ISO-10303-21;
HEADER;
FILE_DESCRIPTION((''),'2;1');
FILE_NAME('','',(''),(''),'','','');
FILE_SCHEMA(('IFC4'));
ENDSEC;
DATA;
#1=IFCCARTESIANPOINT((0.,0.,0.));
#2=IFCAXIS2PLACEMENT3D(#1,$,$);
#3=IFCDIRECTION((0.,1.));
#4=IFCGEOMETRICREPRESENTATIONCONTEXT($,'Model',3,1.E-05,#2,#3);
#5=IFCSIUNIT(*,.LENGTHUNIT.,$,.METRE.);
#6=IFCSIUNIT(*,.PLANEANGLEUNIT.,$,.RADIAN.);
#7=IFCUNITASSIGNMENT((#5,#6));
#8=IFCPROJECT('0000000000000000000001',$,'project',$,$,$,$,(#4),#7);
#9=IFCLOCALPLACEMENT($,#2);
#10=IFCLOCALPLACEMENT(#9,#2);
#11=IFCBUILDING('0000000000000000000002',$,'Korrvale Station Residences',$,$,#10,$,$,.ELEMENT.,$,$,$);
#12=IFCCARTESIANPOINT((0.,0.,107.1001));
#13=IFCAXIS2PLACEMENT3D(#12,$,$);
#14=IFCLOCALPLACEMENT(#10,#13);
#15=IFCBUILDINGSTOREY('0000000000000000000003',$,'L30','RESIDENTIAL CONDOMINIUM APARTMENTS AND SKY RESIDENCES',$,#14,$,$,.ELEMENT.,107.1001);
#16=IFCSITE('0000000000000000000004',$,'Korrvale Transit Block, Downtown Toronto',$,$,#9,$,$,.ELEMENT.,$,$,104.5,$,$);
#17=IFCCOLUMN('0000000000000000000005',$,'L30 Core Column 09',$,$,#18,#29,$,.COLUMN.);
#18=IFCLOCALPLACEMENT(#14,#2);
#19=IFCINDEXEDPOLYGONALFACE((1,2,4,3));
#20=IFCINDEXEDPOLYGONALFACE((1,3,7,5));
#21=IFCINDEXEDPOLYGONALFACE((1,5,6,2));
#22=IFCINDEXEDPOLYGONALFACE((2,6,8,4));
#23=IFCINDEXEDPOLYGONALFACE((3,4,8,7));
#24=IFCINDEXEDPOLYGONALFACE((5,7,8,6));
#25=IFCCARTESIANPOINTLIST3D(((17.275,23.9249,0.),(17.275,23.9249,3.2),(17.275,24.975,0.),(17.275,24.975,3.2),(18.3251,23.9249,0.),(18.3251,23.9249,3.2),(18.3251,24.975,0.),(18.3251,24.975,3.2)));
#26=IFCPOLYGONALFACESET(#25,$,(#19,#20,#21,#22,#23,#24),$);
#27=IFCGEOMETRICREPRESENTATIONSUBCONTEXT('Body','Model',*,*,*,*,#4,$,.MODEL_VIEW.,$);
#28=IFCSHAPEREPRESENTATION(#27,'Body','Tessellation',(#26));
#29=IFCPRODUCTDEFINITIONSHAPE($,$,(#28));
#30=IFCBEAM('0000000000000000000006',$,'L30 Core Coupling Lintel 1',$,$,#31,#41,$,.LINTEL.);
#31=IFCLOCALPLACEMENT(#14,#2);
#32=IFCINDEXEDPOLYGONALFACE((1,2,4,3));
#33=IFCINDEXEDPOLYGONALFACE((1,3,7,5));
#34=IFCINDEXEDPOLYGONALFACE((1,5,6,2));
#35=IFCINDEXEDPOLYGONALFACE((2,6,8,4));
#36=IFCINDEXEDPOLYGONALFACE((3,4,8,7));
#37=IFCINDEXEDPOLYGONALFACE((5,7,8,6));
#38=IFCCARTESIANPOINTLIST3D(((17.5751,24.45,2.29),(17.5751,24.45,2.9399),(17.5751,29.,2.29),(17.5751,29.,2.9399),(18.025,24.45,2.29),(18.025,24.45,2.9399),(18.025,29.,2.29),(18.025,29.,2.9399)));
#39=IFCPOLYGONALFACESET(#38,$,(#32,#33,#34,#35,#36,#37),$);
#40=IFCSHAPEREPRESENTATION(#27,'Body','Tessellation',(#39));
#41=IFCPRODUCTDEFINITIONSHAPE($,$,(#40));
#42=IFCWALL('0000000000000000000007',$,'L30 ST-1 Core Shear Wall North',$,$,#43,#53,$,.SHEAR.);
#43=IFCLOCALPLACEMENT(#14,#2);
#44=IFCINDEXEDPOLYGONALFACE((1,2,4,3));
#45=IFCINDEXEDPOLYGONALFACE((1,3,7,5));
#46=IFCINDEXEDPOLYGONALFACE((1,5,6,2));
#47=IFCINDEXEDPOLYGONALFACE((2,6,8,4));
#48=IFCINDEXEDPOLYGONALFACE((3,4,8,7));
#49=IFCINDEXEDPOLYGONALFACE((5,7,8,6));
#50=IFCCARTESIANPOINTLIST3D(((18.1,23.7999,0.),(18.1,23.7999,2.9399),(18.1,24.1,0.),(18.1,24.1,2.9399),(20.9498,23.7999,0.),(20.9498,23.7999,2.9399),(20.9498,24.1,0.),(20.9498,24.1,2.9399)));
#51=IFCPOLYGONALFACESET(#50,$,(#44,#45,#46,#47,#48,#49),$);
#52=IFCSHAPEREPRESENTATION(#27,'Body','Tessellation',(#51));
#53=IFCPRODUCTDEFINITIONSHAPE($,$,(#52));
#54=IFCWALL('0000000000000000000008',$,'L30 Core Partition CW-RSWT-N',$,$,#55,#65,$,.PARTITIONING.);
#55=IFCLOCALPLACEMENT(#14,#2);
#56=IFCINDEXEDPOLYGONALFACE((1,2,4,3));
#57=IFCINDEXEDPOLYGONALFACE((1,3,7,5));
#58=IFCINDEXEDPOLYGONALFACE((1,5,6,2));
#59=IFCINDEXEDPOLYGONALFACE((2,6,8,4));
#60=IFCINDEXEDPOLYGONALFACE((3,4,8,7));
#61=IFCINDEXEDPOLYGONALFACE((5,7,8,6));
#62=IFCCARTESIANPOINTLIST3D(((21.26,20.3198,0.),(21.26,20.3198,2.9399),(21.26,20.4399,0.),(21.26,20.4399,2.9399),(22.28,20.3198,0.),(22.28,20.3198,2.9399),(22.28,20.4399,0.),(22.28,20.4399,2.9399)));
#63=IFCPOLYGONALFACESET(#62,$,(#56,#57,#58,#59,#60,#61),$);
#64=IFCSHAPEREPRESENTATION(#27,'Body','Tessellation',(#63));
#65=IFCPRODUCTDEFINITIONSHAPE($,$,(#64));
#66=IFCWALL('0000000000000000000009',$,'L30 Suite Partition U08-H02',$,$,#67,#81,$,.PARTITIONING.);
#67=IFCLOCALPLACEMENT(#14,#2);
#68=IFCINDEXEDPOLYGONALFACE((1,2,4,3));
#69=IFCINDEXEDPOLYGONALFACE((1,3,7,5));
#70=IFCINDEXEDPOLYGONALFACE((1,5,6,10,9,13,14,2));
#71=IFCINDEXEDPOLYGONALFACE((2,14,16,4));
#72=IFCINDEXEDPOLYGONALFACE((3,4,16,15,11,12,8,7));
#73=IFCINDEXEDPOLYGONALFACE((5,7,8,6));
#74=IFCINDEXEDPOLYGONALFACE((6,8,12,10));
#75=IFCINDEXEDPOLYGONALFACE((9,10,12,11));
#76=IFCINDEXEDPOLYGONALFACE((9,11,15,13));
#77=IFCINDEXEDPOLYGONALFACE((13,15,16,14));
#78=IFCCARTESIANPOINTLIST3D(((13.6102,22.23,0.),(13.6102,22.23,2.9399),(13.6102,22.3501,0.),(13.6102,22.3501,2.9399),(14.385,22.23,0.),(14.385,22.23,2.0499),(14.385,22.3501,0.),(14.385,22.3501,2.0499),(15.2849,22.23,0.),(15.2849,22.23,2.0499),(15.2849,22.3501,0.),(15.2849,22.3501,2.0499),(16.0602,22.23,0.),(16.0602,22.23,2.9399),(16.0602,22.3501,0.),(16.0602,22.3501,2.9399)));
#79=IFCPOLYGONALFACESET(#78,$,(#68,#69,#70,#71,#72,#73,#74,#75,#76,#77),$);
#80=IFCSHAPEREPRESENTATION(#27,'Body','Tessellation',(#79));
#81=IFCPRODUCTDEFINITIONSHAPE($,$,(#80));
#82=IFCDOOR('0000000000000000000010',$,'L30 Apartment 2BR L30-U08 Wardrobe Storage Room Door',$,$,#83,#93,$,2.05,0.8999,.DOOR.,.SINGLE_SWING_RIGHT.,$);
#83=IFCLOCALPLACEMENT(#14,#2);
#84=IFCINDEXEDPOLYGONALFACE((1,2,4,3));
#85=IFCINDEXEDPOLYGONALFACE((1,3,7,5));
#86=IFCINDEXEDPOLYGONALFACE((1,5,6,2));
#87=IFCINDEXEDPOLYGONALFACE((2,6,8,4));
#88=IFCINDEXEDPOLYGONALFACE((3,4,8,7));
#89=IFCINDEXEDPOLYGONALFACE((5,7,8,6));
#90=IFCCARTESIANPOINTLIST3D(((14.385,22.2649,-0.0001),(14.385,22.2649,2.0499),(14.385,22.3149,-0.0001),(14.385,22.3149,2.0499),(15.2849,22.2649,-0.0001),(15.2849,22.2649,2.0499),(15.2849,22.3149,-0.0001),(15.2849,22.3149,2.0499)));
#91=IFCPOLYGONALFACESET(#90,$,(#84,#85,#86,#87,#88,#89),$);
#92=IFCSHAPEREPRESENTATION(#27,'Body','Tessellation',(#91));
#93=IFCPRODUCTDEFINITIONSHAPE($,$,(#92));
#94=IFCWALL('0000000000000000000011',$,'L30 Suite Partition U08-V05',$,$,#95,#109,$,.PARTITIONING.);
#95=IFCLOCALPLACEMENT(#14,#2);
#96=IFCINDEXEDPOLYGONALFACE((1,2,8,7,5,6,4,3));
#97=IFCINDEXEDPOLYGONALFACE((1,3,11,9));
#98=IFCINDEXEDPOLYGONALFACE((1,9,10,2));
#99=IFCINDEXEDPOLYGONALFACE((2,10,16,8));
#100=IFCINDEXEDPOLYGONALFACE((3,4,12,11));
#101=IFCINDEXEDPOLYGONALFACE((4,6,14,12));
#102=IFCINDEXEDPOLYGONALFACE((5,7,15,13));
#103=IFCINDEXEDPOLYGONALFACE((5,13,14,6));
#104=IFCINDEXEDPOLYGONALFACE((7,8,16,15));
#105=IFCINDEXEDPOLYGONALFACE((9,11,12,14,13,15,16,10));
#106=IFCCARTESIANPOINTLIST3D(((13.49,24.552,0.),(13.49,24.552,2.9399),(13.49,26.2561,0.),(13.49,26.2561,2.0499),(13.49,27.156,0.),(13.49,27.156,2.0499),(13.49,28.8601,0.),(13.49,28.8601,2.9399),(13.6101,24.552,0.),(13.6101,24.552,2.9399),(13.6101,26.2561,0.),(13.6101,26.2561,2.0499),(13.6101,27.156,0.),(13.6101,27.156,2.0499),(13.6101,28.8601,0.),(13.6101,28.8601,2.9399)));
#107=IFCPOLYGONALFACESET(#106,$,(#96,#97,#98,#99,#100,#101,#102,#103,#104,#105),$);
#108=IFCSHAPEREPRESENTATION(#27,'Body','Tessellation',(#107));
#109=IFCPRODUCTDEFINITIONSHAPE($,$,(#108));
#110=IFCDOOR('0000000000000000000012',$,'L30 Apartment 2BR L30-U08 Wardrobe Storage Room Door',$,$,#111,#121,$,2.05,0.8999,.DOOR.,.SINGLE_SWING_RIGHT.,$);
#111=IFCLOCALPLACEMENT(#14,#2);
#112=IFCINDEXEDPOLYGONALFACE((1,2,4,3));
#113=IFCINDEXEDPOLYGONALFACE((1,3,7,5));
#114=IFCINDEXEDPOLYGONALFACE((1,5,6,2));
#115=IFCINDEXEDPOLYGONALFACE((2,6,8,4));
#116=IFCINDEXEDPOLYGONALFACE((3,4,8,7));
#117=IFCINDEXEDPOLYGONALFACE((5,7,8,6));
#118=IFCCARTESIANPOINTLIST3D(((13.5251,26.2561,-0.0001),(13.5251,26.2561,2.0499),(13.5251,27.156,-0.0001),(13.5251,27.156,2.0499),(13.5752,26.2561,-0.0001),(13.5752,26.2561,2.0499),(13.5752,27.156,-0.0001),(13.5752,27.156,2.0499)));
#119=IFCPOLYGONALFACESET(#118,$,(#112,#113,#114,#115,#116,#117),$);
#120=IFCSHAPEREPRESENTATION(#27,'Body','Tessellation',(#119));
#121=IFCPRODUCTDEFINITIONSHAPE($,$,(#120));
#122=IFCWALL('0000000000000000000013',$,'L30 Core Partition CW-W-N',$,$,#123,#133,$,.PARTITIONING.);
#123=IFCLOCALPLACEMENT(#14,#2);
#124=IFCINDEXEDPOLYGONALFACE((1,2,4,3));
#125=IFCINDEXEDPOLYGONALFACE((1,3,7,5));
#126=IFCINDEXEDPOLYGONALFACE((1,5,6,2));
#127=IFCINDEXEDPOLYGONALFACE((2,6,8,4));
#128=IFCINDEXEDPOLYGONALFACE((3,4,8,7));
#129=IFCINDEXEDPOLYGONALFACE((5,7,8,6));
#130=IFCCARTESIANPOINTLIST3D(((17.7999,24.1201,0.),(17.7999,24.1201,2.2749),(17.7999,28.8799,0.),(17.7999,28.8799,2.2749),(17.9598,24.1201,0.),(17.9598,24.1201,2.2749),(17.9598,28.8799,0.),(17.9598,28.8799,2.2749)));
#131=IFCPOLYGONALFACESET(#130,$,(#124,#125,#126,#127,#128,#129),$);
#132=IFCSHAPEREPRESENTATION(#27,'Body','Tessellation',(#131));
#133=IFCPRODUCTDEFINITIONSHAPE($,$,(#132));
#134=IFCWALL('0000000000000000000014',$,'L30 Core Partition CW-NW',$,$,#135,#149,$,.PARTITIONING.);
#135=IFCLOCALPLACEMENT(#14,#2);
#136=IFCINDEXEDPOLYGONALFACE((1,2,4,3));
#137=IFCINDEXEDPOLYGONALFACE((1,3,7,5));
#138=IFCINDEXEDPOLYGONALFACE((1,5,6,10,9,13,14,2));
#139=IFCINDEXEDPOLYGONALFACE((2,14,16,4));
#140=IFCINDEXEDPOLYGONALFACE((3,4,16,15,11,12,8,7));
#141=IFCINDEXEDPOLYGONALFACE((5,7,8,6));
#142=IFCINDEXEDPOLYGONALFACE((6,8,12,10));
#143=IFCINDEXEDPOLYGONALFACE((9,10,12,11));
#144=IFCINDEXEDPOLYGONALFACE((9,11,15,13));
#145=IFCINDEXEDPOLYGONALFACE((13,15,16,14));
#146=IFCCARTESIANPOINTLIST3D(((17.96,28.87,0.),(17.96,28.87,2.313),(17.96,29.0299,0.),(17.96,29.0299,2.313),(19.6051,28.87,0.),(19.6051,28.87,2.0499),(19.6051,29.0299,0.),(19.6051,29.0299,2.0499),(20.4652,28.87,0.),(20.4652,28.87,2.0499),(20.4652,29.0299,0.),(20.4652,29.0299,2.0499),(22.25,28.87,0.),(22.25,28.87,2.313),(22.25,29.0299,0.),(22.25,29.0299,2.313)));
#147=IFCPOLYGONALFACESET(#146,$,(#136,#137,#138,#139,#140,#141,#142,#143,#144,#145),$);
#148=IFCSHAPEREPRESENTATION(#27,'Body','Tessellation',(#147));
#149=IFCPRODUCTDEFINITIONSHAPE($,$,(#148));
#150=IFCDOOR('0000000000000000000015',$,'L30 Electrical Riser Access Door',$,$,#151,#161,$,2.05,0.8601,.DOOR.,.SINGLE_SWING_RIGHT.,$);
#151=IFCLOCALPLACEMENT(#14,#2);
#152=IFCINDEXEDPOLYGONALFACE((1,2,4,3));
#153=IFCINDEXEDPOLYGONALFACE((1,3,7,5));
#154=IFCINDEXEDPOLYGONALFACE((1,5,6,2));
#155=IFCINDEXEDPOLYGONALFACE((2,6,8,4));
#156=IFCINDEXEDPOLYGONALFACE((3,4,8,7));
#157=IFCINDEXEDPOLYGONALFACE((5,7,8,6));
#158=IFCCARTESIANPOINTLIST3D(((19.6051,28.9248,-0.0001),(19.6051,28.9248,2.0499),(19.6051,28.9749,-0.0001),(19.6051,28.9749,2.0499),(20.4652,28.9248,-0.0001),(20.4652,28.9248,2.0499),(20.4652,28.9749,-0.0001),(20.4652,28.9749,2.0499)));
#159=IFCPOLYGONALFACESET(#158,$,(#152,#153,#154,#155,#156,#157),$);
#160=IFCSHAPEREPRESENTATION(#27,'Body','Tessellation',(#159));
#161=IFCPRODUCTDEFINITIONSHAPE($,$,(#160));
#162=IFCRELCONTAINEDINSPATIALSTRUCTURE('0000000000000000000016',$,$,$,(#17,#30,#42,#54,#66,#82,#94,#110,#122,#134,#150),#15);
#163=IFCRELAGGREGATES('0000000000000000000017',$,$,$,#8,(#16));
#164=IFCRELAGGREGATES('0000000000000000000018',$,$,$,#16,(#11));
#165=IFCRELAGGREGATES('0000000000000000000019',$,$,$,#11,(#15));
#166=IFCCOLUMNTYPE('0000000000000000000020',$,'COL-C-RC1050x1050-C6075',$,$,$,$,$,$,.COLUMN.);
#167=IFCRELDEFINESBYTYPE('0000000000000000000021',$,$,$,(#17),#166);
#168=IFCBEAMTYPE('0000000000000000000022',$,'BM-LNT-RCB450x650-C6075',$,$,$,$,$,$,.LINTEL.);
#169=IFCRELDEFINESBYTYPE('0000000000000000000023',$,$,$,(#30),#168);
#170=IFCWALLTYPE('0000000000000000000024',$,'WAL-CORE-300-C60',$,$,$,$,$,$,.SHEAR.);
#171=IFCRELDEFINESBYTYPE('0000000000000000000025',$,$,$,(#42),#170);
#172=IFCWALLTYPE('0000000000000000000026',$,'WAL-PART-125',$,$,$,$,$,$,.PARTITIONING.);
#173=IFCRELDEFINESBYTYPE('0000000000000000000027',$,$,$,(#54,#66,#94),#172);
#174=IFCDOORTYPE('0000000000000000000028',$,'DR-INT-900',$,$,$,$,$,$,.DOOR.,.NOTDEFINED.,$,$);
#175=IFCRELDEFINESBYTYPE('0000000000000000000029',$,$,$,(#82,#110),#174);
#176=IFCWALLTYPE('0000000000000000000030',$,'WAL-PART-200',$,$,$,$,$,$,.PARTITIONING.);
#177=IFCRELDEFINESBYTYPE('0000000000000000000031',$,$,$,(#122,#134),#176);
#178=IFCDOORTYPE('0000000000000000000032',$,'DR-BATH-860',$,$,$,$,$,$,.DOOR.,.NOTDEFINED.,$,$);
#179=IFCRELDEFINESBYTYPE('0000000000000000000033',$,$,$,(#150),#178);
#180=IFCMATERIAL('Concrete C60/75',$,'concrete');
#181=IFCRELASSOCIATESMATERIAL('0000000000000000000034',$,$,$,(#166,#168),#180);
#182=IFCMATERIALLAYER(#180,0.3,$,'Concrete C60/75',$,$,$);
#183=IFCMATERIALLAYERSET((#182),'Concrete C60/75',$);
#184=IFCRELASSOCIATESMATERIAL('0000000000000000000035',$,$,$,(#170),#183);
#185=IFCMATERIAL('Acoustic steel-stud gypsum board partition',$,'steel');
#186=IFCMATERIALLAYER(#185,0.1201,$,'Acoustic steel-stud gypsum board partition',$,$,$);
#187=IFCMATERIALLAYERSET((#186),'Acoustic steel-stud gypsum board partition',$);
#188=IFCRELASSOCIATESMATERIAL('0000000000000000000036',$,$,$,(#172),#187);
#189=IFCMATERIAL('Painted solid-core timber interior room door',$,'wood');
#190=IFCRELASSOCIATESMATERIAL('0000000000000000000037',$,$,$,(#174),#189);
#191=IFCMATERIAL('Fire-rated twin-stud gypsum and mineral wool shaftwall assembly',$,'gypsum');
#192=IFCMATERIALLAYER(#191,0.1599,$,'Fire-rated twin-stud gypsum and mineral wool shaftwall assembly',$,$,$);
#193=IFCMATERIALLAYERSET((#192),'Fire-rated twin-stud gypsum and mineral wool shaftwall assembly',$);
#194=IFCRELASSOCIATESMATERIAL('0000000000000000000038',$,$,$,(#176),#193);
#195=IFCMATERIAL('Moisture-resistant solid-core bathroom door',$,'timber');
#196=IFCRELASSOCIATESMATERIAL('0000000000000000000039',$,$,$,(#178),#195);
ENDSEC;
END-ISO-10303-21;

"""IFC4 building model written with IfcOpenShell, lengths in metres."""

from ifc_helpers import new_model, si_unit, direction, frame, frame_2d, origin, origin_2d, place, context, subcontext, project, spatial, rectangle, extrude, material, layer, layer_set, material_profile, profile_set, type_object, element, fill, save


model = new_model("IFC4")

# Units and contexts
model_context = context("Model", 3, precision=1e-05, world=origin(), true_north=direction((0.0, 1.0)))
body_context = subcontext(model_context, "Body", "Model", "MODEL_VIEW")
ifc_project = project(units=[si_unit("LENGTHUNIT", "METRE"), si_unit("PLANEANGLEUNIT", "RADIAN")], contexts=[model_context])

# Site, building, storey
site_placement = place(None, origin())
site = spatial("IfcSite", under=ifc_project, at=site_placement, Name="Korrvale Transit Block, Downtown Toronto", CompositionType="ELEMENT", RefElevation=104.5)
building_placement = place(site_placement, origin())
building = spatial("IfcBuilding", under=site, at=building_placement, Name="Korrvale Station Residences", CompositionType="ELEMENT")
storey_placement = place(building_placement, frame((0.0, 0.0, 107.1001)))
storey = spatial("IfcBuildingStorey", under=building, at=storey_placement, Name="L30", Description="RESIDENTIAL CONDOMINIUM APARTMENTS AND SKY RESIDENCES", CompositionType="ELEMENT", Elevation=107.1001)

# Column
ifc_material_1 = material(Name="Concrete C60/75", Category="concrete")
ifc_material_profile_1 = material_profile(ifc_material_1, rectangle(XDim=1.05, YDim=1.05, at=origin_2d()), Name="RC1050x1050")
ifc_profile_set_1 = profile_set([ifc_material_profile_1], Name="Concrete C60/75")
column_type = type_object("IfcColumnType", Name="COL-C-RC1050x1050-C6075", PredefinedType="COLUMN", material=ifc_profile_set_1)
column_placement = place(storey_placement, frame((17.8, 24.45, 0.0), z_axis=(0.0, 0.0, 1.0), x_axis=(1.0, 0.0, 0.0)))
element("IfcColumn", 1, at=column_placement, inside=storey, type_object=column_type, Name="L30 Core Column 09", PredefinedType="COLUMN", context=body_context, shape_type="SweptSolid", body=[
    extrude(rectangle(XDim=1.05, YDim=1.05, at=origin_2d()), origin(), (0.0, 0.0, 1.0), 3.2),
])

# Beam
ifc_material_profile_2 = material_profile(ifc_material_1, rectangle(XDim=0.45, YDim=0.6499, at=origin_2d()), Name="RCB450x650")
ifc_profile_set_2 = profile_set([ifc_material_profile_2], Name="Concrete C60/75")
beam_type = type_object("IfcBeamType", Name="BM-LNT-RCB450x650-C6075", PredefinedType="LINTEL", material=ifc_profile_set_2)
beam_placement = place(storey_placement, frame((17.8, 24.45, 2.615), z_axis=(0.0, 1.0, 0.0), x_axis=(-1.0, 0.0, 0.0)))
element("IfcBeam", 2, at=beam_placement, inside=storey, type_object=beam_type, Name="L30 Core Coupling Lintel 1", PredefinedType="LINTEL", context=body_context, shape_type="SweptSolid", body=[
    extrude(rectangle(XDim=0.45, YDim=0.6499, at=origin_2d()), origin(), (0.0, 0.0, 1.0), 4.55),
])

# Walls
ifc_layer_1 = layer(ifc_material_1, 0.3, Name="Concrete C60/75")
ifc_layer_set_1 = layer_set([ifc_layer_1], Name="Concrete C60/75")
wall_type_1 = type_object("IfcWallType", Name="WAL-CORE-300-C60", PredefinedType="SHEAR", material=ifc_layer_set_1)
wall_1_placement = place(storey_placement, frame((18.1001, 23.95, 0.0), z_axis=(0.0, 0.0, 1.0), x_axis=(1.0, 0.0, 0.0)))
element("IfcWall", 3, at=wall_1_placement, inside=storey, type_object=wall_type_1, Name="L30 ST-1 Core Shear Wall North", PredefinedType="SHEAR", context=body_context, shape_type="SweptSolid", body=[
    extrude(rectangle(XDim=2.8499, YDim=0.3, at=frame_2d((1.4248, 0.0))), origin(), (0.0, 0.0, 1.0), 2.9399),
])
ifc_material_2 = material(Name="Acoustic steel-stud gypsum board partition", Category="steel")
ifc_layer_2 = layer(ifc_material_2, 0.1201, Name="Acoustic steel-stud gypsum board partition")
ifc_layer_set_2 = layer_set([ifc_layer_2], Name="Acoustic steel-stud gypsum board partition")
wall_type_2 = type_object("IfcWallType", Name="WAL-PART-125", PredefinedType="PARTITIONING", material=ifc_layer_set_2)
wall_2_placement = place(storey_placement, frame((22.28, 20.3799, 0.0), z_axis=(0.0, 0.0, 1.0), x_axis=(-1.0, 0.0, 0.0)))
element("IfcWall", 4, at=wall_2_placement, inside=storey, type_object=wall_type_2, Name="L30 Core Partition CW-RSWT-N", PredefinedType="PARTITIONING", context=body_context, shape_type="SweptSolid", body=[
    extrude(rectangle(XDim=1.02, YDim=0.1201, at=frame_2d((0.51, 0.0))), origin(), (0.0, 0.0, 1.0), 2.9399),
])

# Walls, openings, doors
wall_3_placement = place(storey_placement, frame((13.6101, 22.29, 0.0), z_axis=(0.0, 0.0, 1.0), x_axis=(1.0, 0.0, 0.0)))
wall_3 = element("IfcWall", 5, at=wall_3_placement, inside=storey, type_object=wall_type_2, Name="L30 Suite Partition U08-H02", PredefinedType="PARTITIONING", context=body_context, shape_type="SweptSolid", body=[
    extrude(rectangle(XDim=2.45, YDim=0.1201, at=frame_2d((1.2251, 0.0))), origin(), (0.0, 0.0, 1.0), 2.9399),
])
opening_1_placement = place(wall_3_placement, frame((0.7749, 0.0, 0.0)))
opening_1 = element("IfcOpeningElement", 6, at=opening_1_placement, cuts=wall_3, PredefinedType="OPENING", context=body_context, shape_type="SweptSolid", body=[
    extrude(rectangle(XDim=0.8999, YDim=2.05, at=frame_2d((0.45, 1.0249))), frame((0.0, 0.0701, 0.0), z_axis=(0.0, -1.0, 0.0), x_axis=(1.0, 0.0, 0.0)), (0.0, 0.0, 1.0), 0.1401),
])
ifc_material_3 = material(Name="Painted solid-core timber interior room door", Category="wood")
door_type_1 = type_object("IfcDoorType", Name="DR-INT-900", OperationType="NOTDEFINED", PredefinedType="DOOR", material=ifc_material_3)
door_1_placement = place(opening_1_placement, origin())
door_1 = element("IfcDoor", 7, at=door_1_placement, inside=storey, type_object=door_type_1, Name="L30 Apartment 2BR L30-U08 Wardrobe Storage Room Door", OperationType="SINGLE_SWING_RIGHT", OverallHeight=2.05, OverallWidth=0.8999, PredefinedType="DOOR", context=body_context, shape_type="SweptSolid", body=[
    extrude(rectangle(XDim=0.8999, YDim=2.05, at=frame_2d((0.45, 1.0249))), frame((0.0, 0.0249, 0.0), z_axis=(0.0, -1.0, 0.0), x_axis=(1.0, 0.0, 0.0)), (0.0, 0.0, 1.0), 0.05),
])
fill(opening_1, door_1)
wall_4_placement = place(storey_placement, frame((13.55, 24.552, 0.0), z_axis=(0.0, 0.0, 1.0), x_axis=(0.0, 1.0, 0.0)))
wall_4 = element("IfcWall", 8, at=wall_4_placement, inside=storey, type_object=wall_type_2, Name="L30 Suite Partition U08-V05", PredefinedType="PARTITIONING", context=body_context, shape_type="SweptSolid", body=[
    extrude(rectangle(XDim=4.3081, YDim=0.1201, at=frame_2d((2.1541, 0.0))), origin(), (0.0, 0.0, 1.0), 2.9399),
])
opening_2_placement = place(wall_4_placement, frame((1.7041, 0.0, 0.0)))
opening_2 = element("IfcOpeningElement", 9, at=opening_2_placement, cuts=wall_4, PredefinedType="OPENING", context=body_context, shape_type="SweptSolid", body=[
    extrude(rectangle(XDim=0.8999, YDim=2.05, at=frame_2d((0.45, 1.0249))), frame((0.0, 0.0701, 0.0), z_axis=(0.0, -1.0, 0.0), x_axis=(1.0, 0.0, 0.0)), (0.0, 0.0, 1.0), 0.1401),
])
door_2_placement = place(opening_2_placement, origin())
door_2 = element("IfcDoor", 10, at=door_2_placement, inside=storey, type_object=door_type_1, Name="L30 Apartment 2BR L30-U08 Wardrobe Storage Room Door", OperationType="SINGLE_SWING_RIGHT", OverallHeight=2.05, OverallWidth=0.8999, PredefinedType="DOOR", context=body_context, shape_type="SweptSolid", body=[
    extrude(rectangle(XDim=0.8999, YDim=2.05, at=frame_2d((0.45, 1.0249))), frame((0.0, 0.0249, 0.0), z_axis=(0.0, -1.0, 0.0), x_axis=(1.0, 0.0, 0.0)), (0.0, 0.0, 1.0), 0.05),
])
fill(opening_2, door_2)

# Wall
ifc_material_4 = material(Name="Fire-rated twin-stud gypsum and mineral wool shaftwall assembly", Category="gypsum")
ifc_layer_3 = layer(ifc_material_4, 0.1599, Name="Fire-rated twin-stud gypsum and mineral wool shaftwall assembly")
ifc_layer_set_3 = layer_set([ifc_layer_3], Name="Fire-rated twin-stud gypsum and mineral wool shaftwall assembly")
wall_type_3 = type_object("IfcWallType", Name="WAL-PART-200", PredefinedType="PARTITIONING", material=ifc_layer_set_3)
wall_5_placement = place(storey_placement, frame((17.8799, 24.1201, 0.0), z_axis=(0.0, 0.0, 1.0), x_axis=(0.0, 1.0, 0.0)))
element("IfcWall", 11, at=wall_5_placement, inside=storey, type_object=wall_type_3, Name="L30 Core Partition CW-W-N", PredefinedType="PARTITIONING", context=body_context, shape_type="SweptSolid", body=[
    extrude(rectangle(XDim=4.7598, YDim=0.1599, at=frame_2d((2.3799, 0.0))), origin(), (0.0, 0.0, 1.0), 2.2749),
])

# Wall, opening, door
wall_6_placement = place(storey_placement, frame((17.96, 28.95, 0.0), z_axis=(0.0, 0.0, 1.0), x_axis=(1.0, 0.0, 0.0)))
wall_6 = element("IfcWall", 12, at=wall_6_placement, inside=storey, type_object=wall_type_3, Name="L30 Core Partition CW-NW", PredefinedType="PARTITIONING", context=body_context, shape_type="SweptSolid", body=[
    extrude(rectangle(XDim=4.29, YDim=0.1599, at=frame_2d((2.145, 0.0))), origin(), (0.0, 0.0, 1.0), 2.313),
])
opening_3_placement = place(wall_6_placement, frame((1.645, 0.0, 0.0)))
opening_3 = element("IfcOpeningElement", 13, at=opening_3_placement, cuts=wall_6, PredefinedType="OPENING", context=body_context, shape_type="SweptSolid", body=[
    extrude(rectangle(XDim=0.8601, YDim=2.05, at=frame_2d((0.4302, 1.0249))), frame((0.0, 0.0898, 0.0), z_axis=(0.0, -1.0, 0.0), x_axis=(1.0, 0.0, 0.0)), (0.0, 0.0, 1.0), 0.1799),
])
ifc_material_5 = material(Name="Moisture-resistant solid-core bathroom door", Category="timber")
door_type_2 = type_object("IfcDoorType", Name="DR-BATH-860", OperationType="NOTDEFINED", PredefinedType="DOOR", material=ifc_material_5)
door_3_placement = place(opening_3_placement, origin())
door_3 = element("IfcDoor", 14, at=door_3_placement, inside=storey, type_object=door_type_2, Name="L30 Electrical Riser Access Door", OperationType="SINGLE_SWING_RIGHT", OverallHeight=2.05, OverallWidth=0.8601, PredefinedType="DOOR", context=body_context, shape_type="SweptSolid", body=[
    extrude(rectangle(XDim=0.8601, YDim=2.05, at=frame_2d((0.4302, 1.0249))), frame((0.0, 0.0249, 0.0), z_axis=(0.0, -1.0, 0.0), x_axis=(1.0, 0.0, 0.0)), (0.0, 0.0, 1.0), 0.05),
])
fill(opening_3, door_3)

save(model, "model.ifc")
